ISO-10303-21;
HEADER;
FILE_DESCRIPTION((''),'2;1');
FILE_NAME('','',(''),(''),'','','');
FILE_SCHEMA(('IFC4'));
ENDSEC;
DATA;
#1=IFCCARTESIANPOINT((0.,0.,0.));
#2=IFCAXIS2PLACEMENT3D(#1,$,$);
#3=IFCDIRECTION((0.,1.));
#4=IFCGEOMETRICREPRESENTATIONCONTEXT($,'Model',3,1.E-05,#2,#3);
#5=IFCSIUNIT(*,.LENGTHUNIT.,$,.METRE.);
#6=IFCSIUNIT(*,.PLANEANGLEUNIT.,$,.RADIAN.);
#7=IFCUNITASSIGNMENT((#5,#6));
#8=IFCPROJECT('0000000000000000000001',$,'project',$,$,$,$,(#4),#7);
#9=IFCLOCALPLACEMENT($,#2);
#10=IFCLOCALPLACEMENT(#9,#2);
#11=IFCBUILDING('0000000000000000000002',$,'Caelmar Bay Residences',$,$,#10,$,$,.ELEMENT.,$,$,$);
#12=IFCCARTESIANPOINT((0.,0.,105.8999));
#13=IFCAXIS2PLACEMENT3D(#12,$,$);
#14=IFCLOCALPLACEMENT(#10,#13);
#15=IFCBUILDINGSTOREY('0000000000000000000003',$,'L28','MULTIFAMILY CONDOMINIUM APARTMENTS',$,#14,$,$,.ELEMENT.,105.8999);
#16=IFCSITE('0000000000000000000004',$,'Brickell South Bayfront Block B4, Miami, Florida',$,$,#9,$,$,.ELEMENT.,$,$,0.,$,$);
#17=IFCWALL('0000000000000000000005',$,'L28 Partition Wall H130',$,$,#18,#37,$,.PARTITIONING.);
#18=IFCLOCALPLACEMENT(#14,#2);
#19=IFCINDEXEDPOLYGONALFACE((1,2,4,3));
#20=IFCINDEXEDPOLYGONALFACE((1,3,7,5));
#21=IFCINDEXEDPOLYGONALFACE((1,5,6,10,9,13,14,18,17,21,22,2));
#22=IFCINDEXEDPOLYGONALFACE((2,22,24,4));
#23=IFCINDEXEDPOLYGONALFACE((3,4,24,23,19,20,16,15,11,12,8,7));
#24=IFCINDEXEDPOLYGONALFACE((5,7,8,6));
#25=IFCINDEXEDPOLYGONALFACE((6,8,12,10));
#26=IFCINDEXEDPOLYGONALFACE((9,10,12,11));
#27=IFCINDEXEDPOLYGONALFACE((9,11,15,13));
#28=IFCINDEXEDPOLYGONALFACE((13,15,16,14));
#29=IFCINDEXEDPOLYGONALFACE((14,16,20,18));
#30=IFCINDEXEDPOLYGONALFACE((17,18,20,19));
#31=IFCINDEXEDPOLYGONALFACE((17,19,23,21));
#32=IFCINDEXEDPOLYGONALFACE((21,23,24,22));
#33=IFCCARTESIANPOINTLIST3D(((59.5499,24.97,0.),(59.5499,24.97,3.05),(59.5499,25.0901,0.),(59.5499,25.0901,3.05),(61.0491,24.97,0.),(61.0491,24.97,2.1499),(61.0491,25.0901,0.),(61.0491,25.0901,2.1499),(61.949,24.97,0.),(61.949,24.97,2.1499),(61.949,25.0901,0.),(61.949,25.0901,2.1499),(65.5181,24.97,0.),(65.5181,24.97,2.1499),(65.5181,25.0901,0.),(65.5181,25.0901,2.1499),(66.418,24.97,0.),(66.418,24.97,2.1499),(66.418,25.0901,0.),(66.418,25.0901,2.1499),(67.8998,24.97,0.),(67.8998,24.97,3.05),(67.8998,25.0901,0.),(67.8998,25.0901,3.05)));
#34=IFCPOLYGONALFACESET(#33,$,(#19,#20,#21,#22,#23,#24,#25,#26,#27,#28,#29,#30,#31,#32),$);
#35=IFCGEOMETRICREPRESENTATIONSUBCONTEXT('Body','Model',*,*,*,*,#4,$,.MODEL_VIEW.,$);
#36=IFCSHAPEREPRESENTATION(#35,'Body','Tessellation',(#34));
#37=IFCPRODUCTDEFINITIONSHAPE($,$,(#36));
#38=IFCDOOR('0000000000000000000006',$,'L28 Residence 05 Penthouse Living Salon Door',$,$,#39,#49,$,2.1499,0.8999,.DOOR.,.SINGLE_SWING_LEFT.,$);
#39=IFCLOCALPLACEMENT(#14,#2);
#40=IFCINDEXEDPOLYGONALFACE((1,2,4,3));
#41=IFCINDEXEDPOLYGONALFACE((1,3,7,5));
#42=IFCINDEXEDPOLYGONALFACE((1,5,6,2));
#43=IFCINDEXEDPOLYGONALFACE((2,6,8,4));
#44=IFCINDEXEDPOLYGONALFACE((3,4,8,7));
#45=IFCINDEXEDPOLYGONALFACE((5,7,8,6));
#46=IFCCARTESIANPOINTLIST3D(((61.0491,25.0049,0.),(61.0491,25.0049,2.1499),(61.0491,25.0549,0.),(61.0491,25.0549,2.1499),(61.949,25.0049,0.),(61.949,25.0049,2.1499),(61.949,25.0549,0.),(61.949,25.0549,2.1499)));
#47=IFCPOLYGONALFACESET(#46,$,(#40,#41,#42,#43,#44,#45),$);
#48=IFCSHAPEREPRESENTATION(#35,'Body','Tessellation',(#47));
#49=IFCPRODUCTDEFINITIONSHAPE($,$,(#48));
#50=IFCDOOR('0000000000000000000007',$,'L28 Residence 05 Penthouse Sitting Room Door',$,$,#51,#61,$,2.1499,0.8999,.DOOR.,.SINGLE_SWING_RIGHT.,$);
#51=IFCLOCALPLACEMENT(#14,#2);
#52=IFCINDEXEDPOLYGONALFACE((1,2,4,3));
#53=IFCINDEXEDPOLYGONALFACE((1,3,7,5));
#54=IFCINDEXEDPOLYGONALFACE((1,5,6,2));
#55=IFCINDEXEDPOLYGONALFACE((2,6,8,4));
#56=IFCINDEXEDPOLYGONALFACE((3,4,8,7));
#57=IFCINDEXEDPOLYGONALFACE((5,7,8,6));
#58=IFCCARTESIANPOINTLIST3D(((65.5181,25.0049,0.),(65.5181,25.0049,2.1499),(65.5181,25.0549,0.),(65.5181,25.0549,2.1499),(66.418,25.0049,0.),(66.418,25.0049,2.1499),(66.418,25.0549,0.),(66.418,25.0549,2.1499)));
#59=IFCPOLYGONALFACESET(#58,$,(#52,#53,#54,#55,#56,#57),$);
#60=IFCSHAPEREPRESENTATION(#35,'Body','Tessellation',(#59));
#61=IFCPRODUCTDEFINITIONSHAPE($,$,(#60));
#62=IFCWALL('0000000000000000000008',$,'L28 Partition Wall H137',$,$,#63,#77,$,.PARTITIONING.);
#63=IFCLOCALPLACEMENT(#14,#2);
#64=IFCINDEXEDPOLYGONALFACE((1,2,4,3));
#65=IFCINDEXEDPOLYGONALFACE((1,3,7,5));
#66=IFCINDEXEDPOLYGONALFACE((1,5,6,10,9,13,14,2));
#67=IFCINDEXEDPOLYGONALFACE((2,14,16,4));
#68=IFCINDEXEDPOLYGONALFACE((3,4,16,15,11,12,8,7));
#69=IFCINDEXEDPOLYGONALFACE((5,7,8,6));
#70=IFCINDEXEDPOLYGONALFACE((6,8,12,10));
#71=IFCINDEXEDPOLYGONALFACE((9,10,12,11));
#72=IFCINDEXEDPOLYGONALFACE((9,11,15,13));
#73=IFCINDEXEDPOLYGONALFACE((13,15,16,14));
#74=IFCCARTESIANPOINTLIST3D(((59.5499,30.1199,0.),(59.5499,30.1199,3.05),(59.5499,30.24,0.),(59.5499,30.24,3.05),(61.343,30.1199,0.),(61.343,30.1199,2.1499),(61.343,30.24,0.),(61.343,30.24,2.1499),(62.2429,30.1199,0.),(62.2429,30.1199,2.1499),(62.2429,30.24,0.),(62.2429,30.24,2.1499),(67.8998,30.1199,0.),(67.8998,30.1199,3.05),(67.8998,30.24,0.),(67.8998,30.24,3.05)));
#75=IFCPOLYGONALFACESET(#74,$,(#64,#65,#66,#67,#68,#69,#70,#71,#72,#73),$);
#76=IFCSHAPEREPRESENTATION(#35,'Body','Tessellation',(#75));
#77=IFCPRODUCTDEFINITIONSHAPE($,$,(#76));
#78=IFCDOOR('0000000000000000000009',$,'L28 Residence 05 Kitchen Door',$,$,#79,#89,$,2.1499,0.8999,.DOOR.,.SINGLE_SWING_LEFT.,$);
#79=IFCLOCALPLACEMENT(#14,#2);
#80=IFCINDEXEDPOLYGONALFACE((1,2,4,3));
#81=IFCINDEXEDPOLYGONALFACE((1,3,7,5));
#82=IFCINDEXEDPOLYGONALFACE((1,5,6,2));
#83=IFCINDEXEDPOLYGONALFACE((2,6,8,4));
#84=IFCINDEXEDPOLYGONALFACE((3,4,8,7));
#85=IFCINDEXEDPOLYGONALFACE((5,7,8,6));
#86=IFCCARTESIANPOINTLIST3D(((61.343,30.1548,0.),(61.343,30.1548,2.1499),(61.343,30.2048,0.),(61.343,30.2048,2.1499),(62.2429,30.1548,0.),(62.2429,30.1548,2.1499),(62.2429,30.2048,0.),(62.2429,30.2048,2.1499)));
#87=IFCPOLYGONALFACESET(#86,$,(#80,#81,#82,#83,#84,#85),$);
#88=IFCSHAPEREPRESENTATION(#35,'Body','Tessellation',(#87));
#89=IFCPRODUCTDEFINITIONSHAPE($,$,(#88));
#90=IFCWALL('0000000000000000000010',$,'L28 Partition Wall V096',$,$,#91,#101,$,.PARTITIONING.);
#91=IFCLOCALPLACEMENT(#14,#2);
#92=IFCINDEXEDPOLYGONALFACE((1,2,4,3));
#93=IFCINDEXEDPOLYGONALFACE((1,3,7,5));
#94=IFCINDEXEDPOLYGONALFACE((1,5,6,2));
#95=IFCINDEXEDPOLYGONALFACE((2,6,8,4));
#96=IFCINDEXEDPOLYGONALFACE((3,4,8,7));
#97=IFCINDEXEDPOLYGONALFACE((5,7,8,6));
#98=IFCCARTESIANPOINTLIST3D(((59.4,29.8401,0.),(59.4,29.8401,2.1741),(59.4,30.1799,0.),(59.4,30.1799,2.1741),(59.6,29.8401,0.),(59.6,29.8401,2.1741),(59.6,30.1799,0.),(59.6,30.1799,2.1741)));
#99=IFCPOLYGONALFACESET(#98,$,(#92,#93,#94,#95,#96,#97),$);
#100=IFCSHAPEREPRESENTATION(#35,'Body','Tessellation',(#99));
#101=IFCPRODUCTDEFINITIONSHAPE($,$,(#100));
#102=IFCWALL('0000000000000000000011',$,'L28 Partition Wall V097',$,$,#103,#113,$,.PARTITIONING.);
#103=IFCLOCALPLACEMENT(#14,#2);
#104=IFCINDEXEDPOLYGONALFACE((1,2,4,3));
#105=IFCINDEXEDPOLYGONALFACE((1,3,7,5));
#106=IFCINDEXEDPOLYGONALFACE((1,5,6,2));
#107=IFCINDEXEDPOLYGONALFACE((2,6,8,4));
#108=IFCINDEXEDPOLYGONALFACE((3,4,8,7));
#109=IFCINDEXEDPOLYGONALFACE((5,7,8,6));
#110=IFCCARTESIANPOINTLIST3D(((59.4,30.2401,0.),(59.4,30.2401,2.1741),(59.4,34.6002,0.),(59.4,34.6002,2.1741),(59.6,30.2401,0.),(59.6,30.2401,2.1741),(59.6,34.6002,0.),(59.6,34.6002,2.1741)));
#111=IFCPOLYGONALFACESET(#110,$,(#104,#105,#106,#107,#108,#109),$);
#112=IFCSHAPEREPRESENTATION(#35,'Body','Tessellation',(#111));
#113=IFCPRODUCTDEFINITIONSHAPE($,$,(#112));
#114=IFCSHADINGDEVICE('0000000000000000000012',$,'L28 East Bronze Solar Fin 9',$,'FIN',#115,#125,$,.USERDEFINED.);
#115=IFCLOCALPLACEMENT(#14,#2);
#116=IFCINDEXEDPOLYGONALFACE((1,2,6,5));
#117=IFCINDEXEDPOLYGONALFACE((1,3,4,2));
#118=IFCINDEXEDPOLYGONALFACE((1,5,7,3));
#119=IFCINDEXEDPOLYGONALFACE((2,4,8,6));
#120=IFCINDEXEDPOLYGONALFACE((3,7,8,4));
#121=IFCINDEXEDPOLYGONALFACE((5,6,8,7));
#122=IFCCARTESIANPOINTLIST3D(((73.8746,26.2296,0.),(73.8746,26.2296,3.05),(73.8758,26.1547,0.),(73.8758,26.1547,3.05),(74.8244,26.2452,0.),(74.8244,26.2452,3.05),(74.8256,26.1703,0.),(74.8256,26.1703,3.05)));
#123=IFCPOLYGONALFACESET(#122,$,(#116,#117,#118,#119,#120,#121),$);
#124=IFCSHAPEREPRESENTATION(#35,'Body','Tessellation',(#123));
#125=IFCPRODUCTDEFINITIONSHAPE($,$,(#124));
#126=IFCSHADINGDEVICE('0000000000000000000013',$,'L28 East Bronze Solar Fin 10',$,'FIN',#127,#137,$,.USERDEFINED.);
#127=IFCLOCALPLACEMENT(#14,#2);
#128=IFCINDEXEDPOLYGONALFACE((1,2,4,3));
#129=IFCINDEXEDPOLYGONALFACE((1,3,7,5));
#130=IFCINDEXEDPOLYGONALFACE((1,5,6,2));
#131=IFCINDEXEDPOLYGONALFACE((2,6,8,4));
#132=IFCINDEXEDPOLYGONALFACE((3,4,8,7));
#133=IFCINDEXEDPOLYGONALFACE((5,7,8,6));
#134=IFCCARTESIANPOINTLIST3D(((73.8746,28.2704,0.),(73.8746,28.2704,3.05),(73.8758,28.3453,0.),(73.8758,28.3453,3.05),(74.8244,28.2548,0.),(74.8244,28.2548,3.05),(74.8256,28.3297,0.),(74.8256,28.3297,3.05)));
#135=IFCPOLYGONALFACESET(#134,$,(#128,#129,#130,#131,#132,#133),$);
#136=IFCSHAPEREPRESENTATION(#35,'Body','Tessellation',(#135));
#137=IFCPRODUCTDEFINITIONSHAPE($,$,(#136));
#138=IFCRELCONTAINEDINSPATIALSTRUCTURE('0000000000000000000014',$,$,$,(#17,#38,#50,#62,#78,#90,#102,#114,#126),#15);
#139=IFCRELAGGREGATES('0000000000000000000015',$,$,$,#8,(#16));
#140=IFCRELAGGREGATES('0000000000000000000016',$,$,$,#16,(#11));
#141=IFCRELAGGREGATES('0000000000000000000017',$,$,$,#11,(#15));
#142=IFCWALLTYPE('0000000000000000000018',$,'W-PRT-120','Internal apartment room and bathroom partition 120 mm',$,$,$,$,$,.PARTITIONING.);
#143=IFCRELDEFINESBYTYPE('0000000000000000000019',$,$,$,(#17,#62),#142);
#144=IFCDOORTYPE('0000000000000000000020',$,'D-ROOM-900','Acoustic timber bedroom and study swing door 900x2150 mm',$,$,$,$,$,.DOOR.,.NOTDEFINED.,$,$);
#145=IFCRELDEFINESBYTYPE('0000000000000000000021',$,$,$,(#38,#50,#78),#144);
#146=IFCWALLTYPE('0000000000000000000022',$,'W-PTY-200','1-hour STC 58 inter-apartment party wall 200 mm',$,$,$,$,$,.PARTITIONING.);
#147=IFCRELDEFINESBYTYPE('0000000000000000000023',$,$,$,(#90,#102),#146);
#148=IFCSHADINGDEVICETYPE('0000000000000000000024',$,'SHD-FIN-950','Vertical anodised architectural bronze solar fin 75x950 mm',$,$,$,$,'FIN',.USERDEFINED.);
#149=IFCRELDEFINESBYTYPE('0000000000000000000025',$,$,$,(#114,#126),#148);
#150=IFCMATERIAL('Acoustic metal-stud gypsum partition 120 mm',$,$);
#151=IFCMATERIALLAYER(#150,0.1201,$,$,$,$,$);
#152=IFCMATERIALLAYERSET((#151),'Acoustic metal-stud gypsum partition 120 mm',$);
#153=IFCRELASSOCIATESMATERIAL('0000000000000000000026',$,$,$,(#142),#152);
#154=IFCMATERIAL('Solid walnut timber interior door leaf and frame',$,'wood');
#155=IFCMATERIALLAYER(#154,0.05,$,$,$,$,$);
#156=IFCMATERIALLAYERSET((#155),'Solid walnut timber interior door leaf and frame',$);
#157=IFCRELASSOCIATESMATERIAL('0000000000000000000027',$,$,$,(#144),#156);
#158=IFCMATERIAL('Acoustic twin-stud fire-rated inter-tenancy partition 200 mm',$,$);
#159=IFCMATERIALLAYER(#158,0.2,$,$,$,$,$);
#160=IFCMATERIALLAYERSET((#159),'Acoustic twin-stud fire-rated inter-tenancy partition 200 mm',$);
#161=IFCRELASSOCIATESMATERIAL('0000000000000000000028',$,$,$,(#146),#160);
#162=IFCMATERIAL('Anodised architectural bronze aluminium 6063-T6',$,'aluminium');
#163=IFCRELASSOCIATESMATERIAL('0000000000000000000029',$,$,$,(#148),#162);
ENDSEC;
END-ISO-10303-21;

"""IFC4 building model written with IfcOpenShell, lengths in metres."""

from ifc_helpers import new_model, si_unit, direction, frame, frame_2d, origin, origin_2d, place, context, subcontext, project, spatial, rectangle, extrude, material, layer, layer_set, material_profile, profile_set, type_object, element, fill, save


model = new_model("IFC4")

# Units and contexts
model_context = context("Model", 3, precision=1e-05, world=origin(), true_north=direction((0.0, 1.0)))
body_context = subcontext(model_context, "Body", "Model", "MODEL_VIEW")
ifc_project = project(units=[si_unit("LENGTHUNIT", "METRE"), si_unit("PLANEANGLEUNIT", "RADIAN")], contexts=[model_context])

# Site, building, storey
site_placement = place(None, origin())
site = spatial("IfcSite", under=ifc_project, at=site_placement, Name="Brickell South Bayfront Block B4, Miami, Florida", CompositionType="ELEMENT", RefElevation=0.0)
building_placement = place(site_placement, origin())
building = spatial("IfcBuilding", under=site, at=building_placement, Name="Caelmar Bay Residences", CompositionType="ELEMENT")
storey_placement = place(building_placement, frame((0.0, 0.0, 105.8999)))
storey = spatial("IfcBuildingStorey", under=building, at=storey_placement, Name="L28", Description="MULTIFAMILY CONDOMINIUM APARTMENTS", CompositionType="ELEMENT", Elevation=105.8999)

# Shared definitions
ifc_material_1 = material(Name="Acoustic metal-stud gypsum partition 120 mm")
ifc_layer_1 = layer(ifc_material_1, 0.1201)
ifc_layer_set_1 = layer_set([ifc_layer_1], Name="Acoustic metal-stud gypsum partition 120 mm")
wall_type_1 = type_object("IfcWallType", Name="W-PRT-120", Description="Internal apartment room and bathroom partition 120 mm", PredefinedType="PARTITIONING", material=ifc_layer_set_1)

# Shared definitions
ifc_material_2 = material(Name="Solid walnut timber interior door leaf and frame", Category="wood")
ifc_layer_2 = layer(ifc_material_2, 0.05)
ifc_layer_set_2 = layer_set([ifc_layer_2], Name="Solid walnut timber interior door leaf and frame")
door_type = type_object("IfcDoorType", Name="D-ROOM-900", Description="Acoustic timber bedroom and study swing door 900x2150 mm", OperationType="NOTDEFINED", PredefinedType="DOOR", material=ifc_layer_set_2)

# Wall, openings, doors
wall_1_placement = place(storey_placement, frame((59.55, 25.03, 0.0), z_axis=(0.0, 0.0, 1.0), x_axis=(1.0, 0.0, 0.0)))
wall_1 = element("IfcWall", 1, at=wall_1_placement, inside=storey, type_object=wall_type_1, Name="L28 Partition Wall H130", PredefinedType="PARTITIONING", context=body_context, shape_type="SweptSolid", body=[
    extrude(rectangle(XDim=8.3499, YDim=0.1201, at=frame_2d((4.1748, 0.0))), origin(), (0.0, 0.0, 1.0), 3.05),
])
opening_1_placement = place(wall_1_placement, frame((1.499, 0.0, 0.0)))
opening_1 = element("IfcOpeningElement", 2, at=opening_1_placement, cuts=wall_1, PredefinedType="OPENING", context=body_context, shape_type="SweptSolid", body=[
    extrude(rectangle(XDim=0.8999, YDim=2.1499, at=frame_2d((0.45, 1.075))), frame((0.0, 0.0701, 0.0), z_axis=(0.0, -1.0, 0.0), x_axis=(1.0, 0.0, 0.0)), (0.0, 0.0, 1.0), 0.1401),
])
opening_2_placement = place(wall_1_placement, frame((5.968, 0.0, 0.0)))
opening_2 = element("IfcOpeningElement", 3, at=opening_2_placement, cuts=wall_1, PredefinedType="OPENING", context=body_context, shape_type="SweptSolid", body=[
    extrude(rectangle(XDim=0.8999, YDim=2.1499, at=frame_2d((0.45, 1.075))), frame((0.0, 0.0701, 0.0), z_axis=(0.0, -1.0, 0.0), x_axis=(1.0, 0.0, 0.0)), (0.0, 0.0, 1.0), 0.1401),
])
door_1_placement = place(opening_1_placement, origin())
door_1 = element("IfcDoor", 4, at=door_1_placement, inside=storey, type_object=door_type, Name="L28 Residence 05 Penthouse Living Salon Door", OperationType="SINGLE_SWING_LEFT", OverallHeight=2.1499, OverallWidth=0.8999, PredefinedType="DOOR", context=body_context, shape_type="SweptSolid", body=[
    extrude(rectangle(XDim=0.8999, YDim=2.1499, at=frame_2d((0.45, 1.075))), frame((0.0, 0.0249, 0.0), z_axis=(0.0, -1.0, 0.0), x_axis=(1.0, 0.0, 0.0)), (0.0, 0.0, 1.0), 0.05),
])
fill(opening_1, door_1)
door_2_placement = place(opening_2_placement, origin())
door_2 = element("IfcDoor", 5, at=door_2_placement, inside=storey, type_object=door_type, Name="L28 Residence 05 Penthouse Sitting Room Door", OperationType="SINGLE_SWING_RIGHT", OverallHeight=2.1499, OverallWidth=0.8999, PredefinedType="DOOR", context=body_context, shape_type="SweptSolid", body=[
    extrude(rectangle(XDim=0.8999, YDim=2.1499, at=frame_2d((0.45, 1.075))), frame((0.0, 0.0249, 0.0), z_axis=(0.0, -1.0, 0.0), x_axis=(1.0, 0.0, 0.0)), (0.0, 0.0, 1.0), 0.05),
])
fill(opening_2, door_2)

# Wall, opening, door
wall_2_placement = place(storey_placement, frame((59.55, 30.1799, 0.0), z_axis=(0.0, 0.0, 1.0), x_axis=(1.0, 0.0, 0.0)))
wall_2 = element("IfcWall", 6, at=wall_2_placement, inside=storey, type_object=wall_type_1, Name="L28 Partition Wall H137", PredefinedType="PARTITIONING", context=body_context, shape_type="SweptSolid", body=[
    extrude(rectangle(XDim=8.3499, YDim=0.1201, at=frame_2d((4.1748, 0.0))), origin(), (0.0, 0.0, 1.0), 3.05),
])
opening_3_placement = place(wall_2_placement, frame((1.793, 0.0, 0.0)))
opening_3 = element("IfcOpeningElement", 7, at=opening_3_placement, cuts=wall_2, PredefinedType="OPENING", context=body_context, shape_type="SweptSolid", body=[
    extrude(rectangle(XDim=0.8999, YDim=2.1499, at=frame_2d((0.45, 1.075))), frame((0.0, 0.0701, 0.0), z_axis=(0.0, -1.0, 0.0), x_axis=(1.0, 0.0, 0.0)), (0.0, 0.0, 1.0), 0.1401),
])
door_3_placement = place(opening_3_placement, origin())
door_3 = element("IfcDoor", 8, at=door_3_placement, inside=storey, type_object=door_type, Name="L28 Residence 05 Kitchen Door", OperationType="SINGLE_SWING_LEFT", OverallHeight=2.1499, OverallWidth=0.8999, PredefinedType="DOOR", context=body_context, shape_type="SweptSolid", body=[
    extrude(rectangle(XDim=0.8999, YDim=2.1499, at=frame_2d((0.45, 1.075))), frame((0.0, 0.0249, 0.0), z_axis=(0.0, -1.0, 0.0), x_axis=(1.0, 0.0, 0.0)), (0.0, 0.0, 1.0), 0.05),
])
fill(opening_3, door_3)

# Walls
ifc_material_3 = material(Name="Acoustic twin-stud fire-rated inter-tenancy partition 200 mm")
ifc_layer_3 = layer(ifc_material_3, 0.2)
ifc_layer_set_3 = layer_set([ifc_layer_3], Name="Acoustic twin-stud fire-rated inter-tenancy partition 200 mm")
wall_type_2 = type_object("IfcWallType", Name="W-PTY-200", Description="1-hour STC 58 inter-apartment party wall 200 mm", PredefinedType="PARTITIONING", material=ifc_layer_set_3)
wall_3_placement = place(storey_placement, frame((59.5, 29.8401, 0.0), z_axis=(0.0, 0.0, 1.0), x_axis=(0.0, 1.0, 0.0)))
element("IfcWall", 9, at=wall_3_placement, inside=storey, type_object=wall_type_2, Name="L28 Partition Wall V096", PredefinedType="PARTITIONING", context=body_context, shape_type="SweptSolid", body=[
    extrude(rectangle(XDim=0.3398, YDim=0.2, at=frame_2d((0.1699, 0.0))), origin(), (0.0, 0.0, 1.0), 2.1741),
])
wall_4_placement = place(storey_placement, frame((59.5, 30.24, 0.0), z_axis=(0.0, 0.0, 1.0), x_axis=(0.0, 1.0, 0.0)))
element("IfcWall", 10, at=wall_4_placement, inside=storey, type_object=wall_type_2, Name="L28 Partition Wall V097", PredefinedType="PARTITIONING", context=body_context, shape_type="SweptSolid", body=[
    extrude(rectangle(XDim=4.3601, YDim=0.2, at=frame_2d((2.1802, 0.0))), origin(), (0.0, 0.0, 1.0), 2.1741),
])

# Shading devices
ifc_material_4 = material(Name="Anodised architectural bronze aluminium 6063-T6", Category="aluminium")
ifc_material_profile_1 = material_profile(ifc_material_4, rectangle(XDim=0.075, YDim=0.95, at=origin_2d()), Name="BRONZE-FIN-75X950")
ifc_profile_set_1 = profile_set([ifc_material_profile_1], Name="Anodised architectural bronze aluminium 6063-T6")
shading_device_type = type_object("IfcShadingDeviceType", Name="SHD-FIN-950", Description="Vertical anodised architectural bronze solar fin 75x950 mm", ElementType="FIN", PredefinedType="USERDEFINED", material=ifc_profile_set_1)
for number, where, z_axis, x_axis, name in (
    (11, (74.3501, 26.2, 0.0), (0.0, 0.0, 1.0), (-0.016405, 0.999865, 0.0), "L28 East Bronze Solar Fin 9"),
    (12, (74.3501, 28.3, 0.0), (0.0, 0.0, 1.0), (0.016405, 0.999865, 0.0), "L28 East Bronze Solar Fin 10"),
):
    element("IfcShadingDevice", number, at=place(storey_placement, frame(where, z_axis=z_axis, x_axis=x_axis)), inside=storey, type_object=shading_device_type, Name=name, ObjectType="FIN", PredefinedType="USERDEFINED", context=body_context, shape_type="SweptSolid", body=[
        extrude(rectangle(XDim=0.075, YDim=0.95, at=origin_2d()), origin(), (0.0, 0.0, 1.0), 3.05),
    ])

save(model, "model.ifc")
